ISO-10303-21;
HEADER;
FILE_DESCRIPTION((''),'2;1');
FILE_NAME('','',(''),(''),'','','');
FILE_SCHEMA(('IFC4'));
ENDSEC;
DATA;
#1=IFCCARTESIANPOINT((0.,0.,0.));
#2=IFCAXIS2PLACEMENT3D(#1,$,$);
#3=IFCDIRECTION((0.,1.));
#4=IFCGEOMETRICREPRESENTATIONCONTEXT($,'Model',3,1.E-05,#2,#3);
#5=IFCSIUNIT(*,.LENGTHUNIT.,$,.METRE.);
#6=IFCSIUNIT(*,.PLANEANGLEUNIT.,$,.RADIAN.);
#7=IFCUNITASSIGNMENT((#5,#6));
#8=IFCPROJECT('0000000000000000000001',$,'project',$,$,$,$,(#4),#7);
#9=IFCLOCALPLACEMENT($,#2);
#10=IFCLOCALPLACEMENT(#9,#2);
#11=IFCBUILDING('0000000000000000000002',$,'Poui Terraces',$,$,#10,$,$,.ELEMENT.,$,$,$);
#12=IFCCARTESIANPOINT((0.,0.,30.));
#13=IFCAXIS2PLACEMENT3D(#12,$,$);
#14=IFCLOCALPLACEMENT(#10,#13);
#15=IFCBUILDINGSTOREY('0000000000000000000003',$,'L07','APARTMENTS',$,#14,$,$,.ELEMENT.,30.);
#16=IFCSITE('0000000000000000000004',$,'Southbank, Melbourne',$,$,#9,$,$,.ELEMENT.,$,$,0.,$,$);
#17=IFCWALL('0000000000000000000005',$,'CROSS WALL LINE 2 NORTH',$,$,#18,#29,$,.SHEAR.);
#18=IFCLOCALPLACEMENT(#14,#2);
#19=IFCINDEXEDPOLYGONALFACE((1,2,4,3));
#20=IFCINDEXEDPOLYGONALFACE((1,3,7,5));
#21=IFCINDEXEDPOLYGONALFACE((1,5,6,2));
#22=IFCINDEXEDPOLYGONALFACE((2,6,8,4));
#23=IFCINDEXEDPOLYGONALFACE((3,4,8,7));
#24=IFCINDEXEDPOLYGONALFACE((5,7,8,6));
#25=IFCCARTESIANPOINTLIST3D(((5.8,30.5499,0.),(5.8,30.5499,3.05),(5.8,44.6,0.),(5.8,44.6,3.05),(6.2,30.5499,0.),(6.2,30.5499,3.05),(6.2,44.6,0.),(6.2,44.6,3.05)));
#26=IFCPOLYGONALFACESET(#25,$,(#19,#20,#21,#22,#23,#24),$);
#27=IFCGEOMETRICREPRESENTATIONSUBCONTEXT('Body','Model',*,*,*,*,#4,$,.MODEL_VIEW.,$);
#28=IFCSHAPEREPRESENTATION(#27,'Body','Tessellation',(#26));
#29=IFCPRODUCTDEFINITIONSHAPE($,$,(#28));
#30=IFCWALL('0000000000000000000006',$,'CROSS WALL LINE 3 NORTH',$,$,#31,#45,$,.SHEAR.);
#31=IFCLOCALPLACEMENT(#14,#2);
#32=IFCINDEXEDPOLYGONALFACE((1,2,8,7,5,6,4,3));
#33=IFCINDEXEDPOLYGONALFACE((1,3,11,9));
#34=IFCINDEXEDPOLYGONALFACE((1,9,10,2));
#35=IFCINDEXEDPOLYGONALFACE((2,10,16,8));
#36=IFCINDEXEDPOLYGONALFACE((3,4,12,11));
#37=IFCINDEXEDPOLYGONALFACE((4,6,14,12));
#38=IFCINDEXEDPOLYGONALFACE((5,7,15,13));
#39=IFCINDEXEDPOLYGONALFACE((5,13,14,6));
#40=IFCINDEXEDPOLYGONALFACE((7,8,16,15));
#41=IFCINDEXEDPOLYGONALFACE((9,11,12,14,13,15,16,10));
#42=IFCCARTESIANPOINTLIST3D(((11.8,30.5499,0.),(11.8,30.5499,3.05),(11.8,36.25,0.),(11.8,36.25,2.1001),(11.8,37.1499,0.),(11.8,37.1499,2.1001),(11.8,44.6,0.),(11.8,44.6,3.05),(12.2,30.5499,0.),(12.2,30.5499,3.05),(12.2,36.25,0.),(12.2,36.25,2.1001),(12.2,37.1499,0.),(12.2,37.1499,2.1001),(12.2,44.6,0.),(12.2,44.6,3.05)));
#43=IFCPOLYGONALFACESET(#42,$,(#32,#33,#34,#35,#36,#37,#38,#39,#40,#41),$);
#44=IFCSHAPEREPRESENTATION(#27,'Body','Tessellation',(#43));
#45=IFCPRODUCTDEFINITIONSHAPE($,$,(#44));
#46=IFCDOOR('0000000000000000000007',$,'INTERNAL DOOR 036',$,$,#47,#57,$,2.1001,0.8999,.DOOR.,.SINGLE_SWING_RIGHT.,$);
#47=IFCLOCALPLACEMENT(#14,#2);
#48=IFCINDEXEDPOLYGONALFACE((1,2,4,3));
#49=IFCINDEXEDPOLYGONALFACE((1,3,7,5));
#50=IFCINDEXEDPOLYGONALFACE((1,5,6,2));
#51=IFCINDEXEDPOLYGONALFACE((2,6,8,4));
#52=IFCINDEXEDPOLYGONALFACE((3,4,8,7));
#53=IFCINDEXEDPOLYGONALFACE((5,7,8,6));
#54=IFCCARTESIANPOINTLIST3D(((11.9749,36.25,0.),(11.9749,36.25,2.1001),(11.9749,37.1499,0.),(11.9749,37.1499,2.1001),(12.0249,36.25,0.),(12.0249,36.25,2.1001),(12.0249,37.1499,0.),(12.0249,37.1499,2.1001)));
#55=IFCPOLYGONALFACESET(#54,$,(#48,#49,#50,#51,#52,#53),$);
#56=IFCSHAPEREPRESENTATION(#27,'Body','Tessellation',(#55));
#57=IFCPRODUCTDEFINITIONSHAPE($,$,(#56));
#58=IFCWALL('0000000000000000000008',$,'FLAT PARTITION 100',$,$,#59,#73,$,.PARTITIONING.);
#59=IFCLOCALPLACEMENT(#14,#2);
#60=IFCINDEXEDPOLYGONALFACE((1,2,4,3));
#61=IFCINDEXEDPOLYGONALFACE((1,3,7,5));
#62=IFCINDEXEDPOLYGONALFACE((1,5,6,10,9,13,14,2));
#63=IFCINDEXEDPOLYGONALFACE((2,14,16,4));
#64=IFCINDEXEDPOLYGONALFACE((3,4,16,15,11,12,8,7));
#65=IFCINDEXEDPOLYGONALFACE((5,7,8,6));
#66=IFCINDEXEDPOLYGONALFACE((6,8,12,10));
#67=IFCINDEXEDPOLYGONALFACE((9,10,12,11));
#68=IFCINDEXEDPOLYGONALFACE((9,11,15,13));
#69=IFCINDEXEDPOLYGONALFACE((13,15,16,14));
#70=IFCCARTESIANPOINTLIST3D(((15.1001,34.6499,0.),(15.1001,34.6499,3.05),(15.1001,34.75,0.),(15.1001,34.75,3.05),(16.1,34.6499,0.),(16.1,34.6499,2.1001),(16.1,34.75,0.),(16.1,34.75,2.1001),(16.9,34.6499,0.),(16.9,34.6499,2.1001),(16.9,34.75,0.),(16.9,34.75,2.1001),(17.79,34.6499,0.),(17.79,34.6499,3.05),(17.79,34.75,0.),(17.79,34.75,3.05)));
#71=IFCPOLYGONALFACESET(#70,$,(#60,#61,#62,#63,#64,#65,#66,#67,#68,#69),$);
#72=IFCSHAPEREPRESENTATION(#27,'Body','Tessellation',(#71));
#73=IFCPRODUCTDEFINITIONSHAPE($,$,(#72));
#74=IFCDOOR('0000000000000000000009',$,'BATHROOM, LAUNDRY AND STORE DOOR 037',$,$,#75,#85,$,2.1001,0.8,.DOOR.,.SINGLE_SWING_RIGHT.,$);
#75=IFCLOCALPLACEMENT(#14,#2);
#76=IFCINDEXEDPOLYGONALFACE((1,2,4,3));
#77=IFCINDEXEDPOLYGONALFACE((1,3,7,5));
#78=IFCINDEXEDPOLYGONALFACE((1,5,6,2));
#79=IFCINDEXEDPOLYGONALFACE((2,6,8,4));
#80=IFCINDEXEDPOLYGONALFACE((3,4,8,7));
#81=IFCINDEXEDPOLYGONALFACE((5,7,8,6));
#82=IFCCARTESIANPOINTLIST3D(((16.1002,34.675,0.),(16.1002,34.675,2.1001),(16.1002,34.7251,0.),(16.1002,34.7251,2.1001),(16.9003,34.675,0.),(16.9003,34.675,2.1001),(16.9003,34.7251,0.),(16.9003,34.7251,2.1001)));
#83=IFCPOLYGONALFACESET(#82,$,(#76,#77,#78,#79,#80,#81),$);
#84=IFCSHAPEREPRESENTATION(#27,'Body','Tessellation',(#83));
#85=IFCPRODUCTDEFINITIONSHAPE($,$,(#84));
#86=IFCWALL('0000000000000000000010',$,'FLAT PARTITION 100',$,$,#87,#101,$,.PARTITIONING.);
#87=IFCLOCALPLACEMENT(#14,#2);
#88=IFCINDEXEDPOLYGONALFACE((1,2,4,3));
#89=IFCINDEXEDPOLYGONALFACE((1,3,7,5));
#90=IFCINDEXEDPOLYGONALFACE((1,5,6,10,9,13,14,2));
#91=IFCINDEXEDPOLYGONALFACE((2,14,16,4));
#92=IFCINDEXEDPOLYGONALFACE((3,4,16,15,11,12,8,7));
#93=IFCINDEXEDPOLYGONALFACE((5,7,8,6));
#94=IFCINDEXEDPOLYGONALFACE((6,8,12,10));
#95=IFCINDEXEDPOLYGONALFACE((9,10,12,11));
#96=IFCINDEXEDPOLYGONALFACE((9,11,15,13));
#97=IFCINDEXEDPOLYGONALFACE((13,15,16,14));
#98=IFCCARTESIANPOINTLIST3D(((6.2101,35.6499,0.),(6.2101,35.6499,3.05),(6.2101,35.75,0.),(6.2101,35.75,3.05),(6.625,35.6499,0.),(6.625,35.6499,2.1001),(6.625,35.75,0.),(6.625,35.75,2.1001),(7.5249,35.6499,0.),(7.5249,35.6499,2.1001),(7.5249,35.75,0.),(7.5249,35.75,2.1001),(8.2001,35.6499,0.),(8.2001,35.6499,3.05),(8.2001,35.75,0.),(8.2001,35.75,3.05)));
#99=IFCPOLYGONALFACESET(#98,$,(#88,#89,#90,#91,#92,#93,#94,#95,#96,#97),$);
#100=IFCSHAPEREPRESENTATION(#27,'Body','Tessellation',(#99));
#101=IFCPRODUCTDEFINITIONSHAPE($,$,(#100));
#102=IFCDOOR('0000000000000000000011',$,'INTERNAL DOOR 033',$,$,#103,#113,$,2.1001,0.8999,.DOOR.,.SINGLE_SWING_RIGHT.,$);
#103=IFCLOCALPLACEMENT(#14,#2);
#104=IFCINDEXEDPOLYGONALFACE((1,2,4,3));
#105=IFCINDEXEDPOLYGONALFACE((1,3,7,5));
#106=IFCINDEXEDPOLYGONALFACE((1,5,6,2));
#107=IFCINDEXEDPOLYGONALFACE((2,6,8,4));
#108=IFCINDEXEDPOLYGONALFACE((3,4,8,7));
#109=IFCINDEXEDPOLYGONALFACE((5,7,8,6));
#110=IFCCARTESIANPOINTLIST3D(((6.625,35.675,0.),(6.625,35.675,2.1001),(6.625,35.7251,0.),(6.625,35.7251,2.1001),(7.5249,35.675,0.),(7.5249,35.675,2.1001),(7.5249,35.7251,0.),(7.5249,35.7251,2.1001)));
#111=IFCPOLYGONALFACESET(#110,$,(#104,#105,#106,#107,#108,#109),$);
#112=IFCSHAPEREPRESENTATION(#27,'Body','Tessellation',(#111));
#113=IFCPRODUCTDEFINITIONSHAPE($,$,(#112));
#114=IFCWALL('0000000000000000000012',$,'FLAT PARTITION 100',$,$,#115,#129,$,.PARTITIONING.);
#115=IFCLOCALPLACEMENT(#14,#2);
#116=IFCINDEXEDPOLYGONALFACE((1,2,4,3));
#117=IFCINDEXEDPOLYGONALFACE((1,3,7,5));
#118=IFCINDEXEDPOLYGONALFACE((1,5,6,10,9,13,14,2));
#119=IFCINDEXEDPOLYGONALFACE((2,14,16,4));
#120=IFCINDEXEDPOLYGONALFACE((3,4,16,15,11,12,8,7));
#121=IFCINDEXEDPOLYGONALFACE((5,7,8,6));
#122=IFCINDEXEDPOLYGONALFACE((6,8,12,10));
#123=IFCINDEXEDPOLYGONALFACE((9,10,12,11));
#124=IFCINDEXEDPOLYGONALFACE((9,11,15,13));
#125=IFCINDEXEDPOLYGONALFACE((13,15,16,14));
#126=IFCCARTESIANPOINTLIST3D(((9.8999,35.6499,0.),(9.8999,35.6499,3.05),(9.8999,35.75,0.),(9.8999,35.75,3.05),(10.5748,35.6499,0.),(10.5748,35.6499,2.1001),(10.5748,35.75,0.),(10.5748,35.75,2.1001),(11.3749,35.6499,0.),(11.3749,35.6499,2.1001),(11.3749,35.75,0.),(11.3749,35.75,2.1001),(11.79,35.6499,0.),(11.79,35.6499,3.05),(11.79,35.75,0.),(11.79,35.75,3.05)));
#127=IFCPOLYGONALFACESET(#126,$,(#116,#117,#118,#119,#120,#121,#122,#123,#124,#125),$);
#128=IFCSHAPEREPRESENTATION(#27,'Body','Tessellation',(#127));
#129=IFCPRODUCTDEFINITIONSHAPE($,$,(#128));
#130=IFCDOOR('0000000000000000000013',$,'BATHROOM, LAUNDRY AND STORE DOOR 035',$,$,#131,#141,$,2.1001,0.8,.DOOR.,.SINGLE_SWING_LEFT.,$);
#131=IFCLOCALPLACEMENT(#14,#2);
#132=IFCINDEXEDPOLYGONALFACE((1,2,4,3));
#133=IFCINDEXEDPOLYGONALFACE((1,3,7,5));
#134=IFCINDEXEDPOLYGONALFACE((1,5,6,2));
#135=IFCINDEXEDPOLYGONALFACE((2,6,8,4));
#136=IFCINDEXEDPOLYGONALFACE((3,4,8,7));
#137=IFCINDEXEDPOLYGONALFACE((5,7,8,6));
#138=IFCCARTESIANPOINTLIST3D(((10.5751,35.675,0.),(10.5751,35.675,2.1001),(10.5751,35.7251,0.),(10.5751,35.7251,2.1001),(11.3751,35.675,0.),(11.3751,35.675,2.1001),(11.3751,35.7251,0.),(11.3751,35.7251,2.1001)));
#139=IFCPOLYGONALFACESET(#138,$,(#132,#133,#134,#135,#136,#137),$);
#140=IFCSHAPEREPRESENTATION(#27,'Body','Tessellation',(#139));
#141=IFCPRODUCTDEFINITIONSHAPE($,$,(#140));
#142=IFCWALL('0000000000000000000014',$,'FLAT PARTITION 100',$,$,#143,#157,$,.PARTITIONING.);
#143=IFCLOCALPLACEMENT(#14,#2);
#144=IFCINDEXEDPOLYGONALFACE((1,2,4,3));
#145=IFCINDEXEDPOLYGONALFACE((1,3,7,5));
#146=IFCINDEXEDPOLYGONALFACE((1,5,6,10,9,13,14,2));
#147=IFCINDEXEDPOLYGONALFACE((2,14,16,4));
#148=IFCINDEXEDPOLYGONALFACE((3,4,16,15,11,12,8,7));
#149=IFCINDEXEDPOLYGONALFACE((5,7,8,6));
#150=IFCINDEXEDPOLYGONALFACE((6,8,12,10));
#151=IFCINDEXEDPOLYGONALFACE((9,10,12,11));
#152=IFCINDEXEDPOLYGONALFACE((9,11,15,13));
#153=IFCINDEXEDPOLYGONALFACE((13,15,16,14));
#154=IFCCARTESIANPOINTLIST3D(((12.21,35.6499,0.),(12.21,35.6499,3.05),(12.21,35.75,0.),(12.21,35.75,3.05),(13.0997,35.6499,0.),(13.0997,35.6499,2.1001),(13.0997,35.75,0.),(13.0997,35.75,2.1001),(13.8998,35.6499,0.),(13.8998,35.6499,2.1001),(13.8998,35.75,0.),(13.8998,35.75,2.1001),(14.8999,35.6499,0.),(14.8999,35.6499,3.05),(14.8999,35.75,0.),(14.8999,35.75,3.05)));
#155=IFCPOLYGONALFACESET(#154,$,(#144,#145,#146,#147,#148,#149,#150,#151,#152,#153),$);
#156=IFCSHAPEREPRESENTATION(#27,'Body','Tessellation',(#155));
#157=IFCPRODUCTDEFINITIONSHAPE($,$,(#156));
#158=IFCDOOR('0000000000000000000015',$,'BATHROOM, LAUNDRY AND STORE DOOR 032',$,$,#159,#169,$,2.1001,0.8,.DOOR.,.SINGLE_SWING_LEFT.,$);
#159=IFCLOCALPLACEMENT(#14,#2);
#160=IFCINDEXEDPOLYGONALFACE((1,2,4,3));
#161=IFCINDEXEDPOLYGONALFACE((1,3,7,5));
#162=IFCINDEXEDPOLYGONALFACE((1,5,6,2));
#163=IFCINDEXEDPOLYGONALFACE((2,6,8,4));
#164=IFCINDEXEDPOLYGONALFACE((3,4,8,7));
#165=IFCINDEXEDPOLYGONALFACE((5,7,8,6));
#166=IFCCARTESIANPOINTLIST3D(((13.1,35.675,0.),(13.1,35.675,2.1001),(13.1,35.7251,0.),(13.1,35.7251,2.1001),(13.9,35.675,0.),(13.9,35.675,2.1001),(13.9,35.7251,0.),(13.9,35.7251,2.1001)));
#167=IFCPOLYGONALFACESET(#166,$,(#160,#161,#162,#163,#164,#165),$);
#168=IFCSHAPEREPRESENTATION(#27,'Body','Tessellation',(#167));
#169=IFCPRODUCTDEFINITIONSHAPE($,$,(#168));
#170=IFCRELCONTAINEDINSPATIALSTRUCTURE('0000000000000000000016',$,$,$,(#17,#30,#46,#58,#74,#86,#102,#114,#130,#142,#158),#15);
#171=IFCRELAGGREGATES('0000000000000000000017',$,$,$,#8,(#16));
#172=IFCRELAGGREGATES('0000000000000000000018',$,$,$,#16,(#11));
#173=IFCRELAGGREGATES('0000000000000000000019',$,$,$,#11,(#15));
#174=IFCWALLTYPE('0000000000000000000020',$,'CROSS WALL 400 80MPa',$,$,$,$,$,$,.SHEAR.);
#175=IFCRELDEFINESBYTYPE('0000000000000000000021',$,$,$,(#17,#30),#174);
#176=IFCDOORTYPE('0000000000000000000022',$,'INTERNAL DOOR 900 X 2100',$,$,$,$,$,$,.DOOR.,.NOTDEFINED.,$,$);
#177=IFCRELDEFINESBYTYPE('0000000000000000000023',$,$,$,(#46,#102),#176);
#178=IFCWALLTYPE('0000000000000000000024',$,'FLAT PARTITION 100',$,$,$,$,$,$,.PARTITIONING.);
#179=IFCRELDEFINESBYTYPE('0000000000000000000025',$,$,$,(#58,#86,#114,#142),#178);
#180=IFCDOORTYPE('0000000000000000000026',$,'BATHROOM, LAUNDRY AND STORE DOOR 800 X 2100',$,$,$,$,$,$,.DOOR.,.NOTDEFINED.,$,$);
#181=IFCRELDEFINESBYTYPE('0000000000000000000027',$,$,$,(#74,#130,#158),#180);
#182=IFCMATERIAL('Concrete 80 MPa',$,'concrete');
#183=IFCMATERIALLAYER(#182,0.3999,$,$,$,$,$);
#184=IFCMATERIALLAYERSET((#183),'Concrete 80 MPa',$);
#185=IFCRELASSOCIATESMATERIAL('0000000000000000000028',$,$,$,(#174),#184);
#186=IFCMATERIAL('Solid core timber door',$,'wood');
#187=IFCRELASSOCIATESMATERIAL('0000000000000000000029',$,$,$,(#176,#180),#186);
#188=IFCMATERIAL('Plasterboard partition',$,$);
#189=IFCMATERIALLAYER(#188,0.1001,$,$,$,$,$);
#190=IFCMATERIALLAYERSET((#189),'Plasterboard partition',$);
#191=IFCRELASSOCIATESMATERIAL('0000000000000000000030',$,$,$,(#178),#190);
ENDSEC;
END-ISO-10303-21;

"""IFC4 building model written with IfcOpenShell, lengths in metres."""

from ifc_helpers import new_model, si_unit, direction, frame, frame_2d, origin, place, context, subcontext, project, spatial, rectangle, extrude, material, layer, layer_set, type_object, element, fill, save


model = new_model("IFC4")

# Units and contexts
model_context = context("Model", 3, precision=1e-05, world=origin(), true_north=direction((0.0, 1.0)))
body_context = subcontext(model_context, "Body", "Model", "MODEL_VIEW")
ifc_project = project(units=[si_unit("LENGTHUNIT", "METRE"), si_unit("PLANEANGLEUNIT", "RADIAN")], contexts=[model_context])

# Site, building, storey
site_placement = place(None, origin())
site = spatial("IfcSite", under=ifc_project, at=site_placement, Name="Southbank, Melbourne", CompositionType="ELEMENT", RefElevation=0.0)
building_placement = place(site_placement, origin())
building = spatial("IfcBuilding", under=site, at=building_placement, Name="Poui Terraces", CompositionType="ELEMENT")
storey_placement = place(building_placement, frame((0.0, 0.0, 30.0)))
storey = spatial("IfcBuildingStorey", under=building, at=storey_placement, Name="L07", Description="APARTMENTS", CompositionType="ELEMENT", Elevation=30.0)

# Wall
ifc_material_1 = material(Name="Concrete 80 MPa", Category="concrete")
ifc_layer_1 = layer(ifc_material_1, 0.3999)
ifc_layer_set_1 = layer_set([ifc_layer_1], Name="Concrete 80 MPa")
wall_type_1 = type_object("IfcWallType", Name="CROSS WALL 400 80MPa", PredefinedType="SHEAR", material=ifc_layer_set_1)
wall_1_placement = place(storey_placement, frame((6.0, 30.55, 0.0), z_axis=(0.0, 0.0, 1.0), x_axis=(0.0, 1.0, 0.0)))
element("IfcWall", 1, at=wall_1_placement, inside=storey, type_object=wall_type_1, Name="CROSS WALL LINE 2 NORTH", PredefinedType="SHEAR", context=body_context, shape_type="SweptSolid", body=[
    extrude(rectangle(XDim=14.05, YDim=0.3999, at=frame_2d((7.0249, 0.0))), origin(), (0.0, 0.0, 1.0), 3.05),
])

# Walls, openings, doors
wall_2_placement = place(storey_placement, frame((12.0, 30.55, 0.0), z_axis=(0.0, 0.0, 1.0), x_axis=(0.0, 1.0, 0.0)))
wall_2 = element("IfcWall", 2, at=wall_2_placement, inside=storey, type_object=wall_type_1, Name="CROSS WALL LINE 3 NORTH", PredefinedType="SHEAR", context=body_context, shape_type="SweptSolid", body=[
    extrude(rectangle(XDim=14.05, YDim=0.3999, at=frame_2d((7.0249, 0.0))), origin(), (0.0, 0.0, 1.0), 3.05),
])
opening_1_placement = place(wall_2_placement, frame((5.7, 0.0, 0.0)))
opening_1 = element("IfcOpeningElement", 3, at=opening_1_placement, cuts=wall_2, PredefinedType="OPENING", context=body_context, shape_type="SweptSolid", body=[
    extrude(rectangle(XDim=0.8999, YDim=2.1001, at=frame_2d((0.45, 1.05))), frame((0.0, 0.21, 0.0), z_axis=(0.0, -1.0, 0.0), x_axis=(1.0, 0.0, 0.0)), (0.0, 0.0, 1.0), 0.4199),
])
ifc_material_2 = material(Name="Solid core timber door", Category="wood")
door_type_1 = type_object("IfcDoorType", Name="INTERNAL DOOR 900 X 2100", OperationType="NOTDEFINED", PredefinedType="DOOR", material=ifc_material_2)
door_1_placement = place(opening_1_placement, frame((0.8999, 0.0, 0.0), z_axis=(0.0, 0.0, 1.0), x_axis=(-1.0, 0.0, 0.0)))
door_1 = element("IfcDoor", 4, at=door_1_placement, inside=storey, type_object=door_type_1, Name="INTERNAL DOOR 036", OperationType="SINGLE_SWING_RIGHT", OverallHeight=2.1001, OverallWidth=0.8999, PredefinedType="DOOR", context=body_context, shape_type="SweptSolid", body=[
    extrude(rectangle(XDim=0.8999, YDim=2.1001, at=frame_2d((0.45, 1.05))), frame((0.0, 0.0249, 0.0), z_axis=(0.0, -1.0, 0.0), x_axis=(1.0, 0.0, 0.0)), (0.0, 0.0, 1.0), 0.05),
])
fill(opening_1, door_1)
ifc_material_3 = material(Name="Plasterboard partition")
ifc_layer_2 = layer(ifc_material_3, 0.1001)
ifc_layer_set_2 = layer_set([ifc_layer_2], Name="Plasterboard partition")
wall_type_2 = type_object("IfcWallType", Name="FLAT PARTITION 100", PredefinedType="PARTITIONING", material=ifc_layer_set_2)
wall_3_placement = place(storey_placement, frame((15.1001, 34.7, 0.0), z_axis=(0.0, 0.0, 1.0), x_axis=(1.0, 0.0, 0.0)))
wall_3 = element("IfcWall", 5, at=wall_3_placement, inside=storey, type_object=wall_type_2, Name="FLAT PARTITION 100", PredefinedType="PARTITIONING", context=body_context, shape_type="SweptSolid", body=[
    extrude(rectangle(XDim=2.6899, YDim=0.1001, at=frame_2d((1.345, 0.0))), origin(), (0.0, 0.0, 1.0), 3.05),
])
opening_2_placement = place(wall_3_placement, frame((1.0, 0.0, 0.0)))
opening_2 = element("IfcOpeningElement", 6, at=opening_2_placement, cuts=wall_3, PredefinedType="OPENING", context=body_context, shape_type="SweptSolid", body=[
    extrude(rectangle(XDim=0.8, YDim=2.1001, at=frame_2d((0.3999, 1.05))), frame((0.0, 0.0601, 0.0), z_axis=(0.0, -1.0, 0.0), x_axis=(1.0, 0.0, 0.0)), (0.0, 0.0, 1.0), 0.1201),
])
door_type_2 = type_object("IfcDoorType", Name="BATHROOM, LAUNDRY AND STORE DOOR 800 X 2100", OperationType="NOTDEFINED", PredefinedType="DOOR", material=ifc_material_2)
door_2_placement = place(opening_2_placement, frame((0.8, 0.0, 0.0), z_axis=(0.0, 0.0, 1.0), x_axis=(-1.0, 0.0, 0.0)))
door_2 = element("IfcDoor", 7, at=door_2_placement, inside=storey, type_object=door_type_2, Name="BATHROOM, LAUNDRY AND STORE DOOR 037", OperationType="SINGLE_SWING_RIGHT", OverallHeight=2.1001, OverallWidth=0.8, PredefinedType="DOOR", context=body_context, shape_type="SweptSolid", body=[
    extrude(rectangle(XDim=0.8, YDim=2.1001, at=frame_2d((0.3999, 1.05))), frame((0.0, 0.0249, 0.0), z_axis=(0.0, -1.0, 0.0), x_axis=(1.0, 0.0, 0.0)), (0.0, 0.0, 1.0), 0.05),
])
fill(opening_2, door_2)
wall_4_placement = place(storey_placement, frame((6.21, 35.7, 0.0), z_axis=(0.0, 0.0, 1.0), x_axis=(1.0, 0.0, 0.0)))
wall_4 = element("IfcWall", 8, at=wall_4_placement, inside=storey, type_object=wall_type_2, Name="FLAT PARTITION 100", PredefinedType="PARTITIONING", context=body_context, shape_type="SweptSolid", body=[
    extrude(rectangle(XDim=1.99, YDim=0.1001, at=frame_2d((0.9951, 0.0))), origin(), (0.0, 0.0, 1.0), 3.05),
])
opening_3_placement = place(wall_4_placement, frame((0.415, 0.0, 0.0)))
opening_3 = element("IfcOpeningElement", 9, at=opening_3_placement, cuts=wall_4, PredefinedType="OPENING", context=body_context, shape_type="SweptSolid", body=[
    extrude(rectangle(XDim=0.8999, YDim=2.1001, at=frame_2d((0.45, 1.05))), frame((0.0, 0.0601, 0.0), z_axis=(0.0, -1.0, 0.0), x_axis=(1.0, 0.0, 0.0)), (0.0, 0.0, 1.0), 0.1201),
])
door_3_placement = place(opening_3_placement, frame((0.8999, 0.0, 0.0), z_axis=(0.0, 0.0, 1.0), x_axis=(-1.0, 0.0, 0.0)))
door_3 = element("IfcDoor", 10, at=door_3_placement, inside=storey, type_object=door_type_1, Name="INTERNAL DOOR 033", OperationType="SINGLE_SWING_RIGHT", OverallHeight=2.1001, OverallWidth=0.8999, PredefinedType="DOOR", context=body_context, shape_type="SweptSolid", body=[
    extrude(rectangle(XDim=0.8999, YDim=2.1001, at=frame_2d((0.45, 1.05))), frame((0.0, 0.0249, 0.0), z_axis=(0.0, -1.0, 0.0), x_axis=(1.0, 0.0, 0.0)), (0.0, 0.0, 1.0), 0.05),
])
fill(opening_3, door_3)
wall_5_placement = place(storey_placement, frame((9.8999, 35.7, 0.0), z_axis=(0.0, 0.0, 1.0), x_axis=(1.0, 0.0, 0.0)))
wall_5 = element("IfcWall", 11, at=wall_5_placement, inside=storey, type_object=wall_type_2, Name="FLAT PARTITION 100", PredefinedType="PARTITIONING", context=body_context, shape_type="SweptSolid", body=[
    extrude(rectangle(XDim=1.8901, YDim=0.1001, at=frame_2d((0.9451, 0.0))), origin(), (0.0, 0.0, 1.0), 3.05),
])
opening_4_placement = place(wall_5_placement, frame((0.675, 0.0, 0.0)))
opening_4 = element("IfcOpeningElement", 12, at=opening_4_placement, cuts=wall_5, PredefinedType="OPENING", context=body_context, shape_type="SweptSolid", body=[
    extrude(rectangle(XDim=0.8, YDim=2.1001, at=frame_2d((0.3999, 1.05))), frame((0.0, 0.0601, 0.0), z_axis=(0.0, -1.0, 0.0), x_axis=(1.0, 0.0, 0.0)), (0.0, 0.0, 1.0), 0.1201),
])
door_4_placement = place(opening_4_placement, frame((0.8, 0.0, 0.0), z_axis=(0.0, 0.0, 1.0), x_axis=(-1.0, 0.0, 0.0)))
door_4 = element("IfcDoor", 13, at=door_4_placement, inside=storey, type_object=door_type_2, Name="BATHROOM, LAUNDRY AND STORE DOOR 035", OperationType="SINGLE_SWING_LEFT", OverallHeight=2.1001, OverallWidth=0.8, PredefinedType="DOOR", context=body_context, shape_type="SweptSolid", body=[
    extrude(rectangle(XDim=0.8, YDim=2.1001, at=frame_2d((0.3999, 1.05))), frame((0.0, 0.0249, 0.0), z_axis=(0.0, -1.0, 0.0), x_axis=(1.0, 0.0, 0.0)), (0.0, 0.0, 1.0), 0.05),
])
fill(opening_4, door_4)
wall_6_placement = place(storey_placement, frame((12.21, 35.7, 0.0), z_axis=(0.0, 0.0, 1.0), x_axis=(1.0, 0.0, 0.0)))
wall_6 = element("IfcWall", 14, at=wall_6_placement, inside=storey, type_object=wall_type_2, Name="FLAT PARTITION 100", PredefinedType="PARTITIONING", context=body_context, shape_type="SweptSolid", body=[
    extrude(rectangle(XDim=2.6899, YDim=0.1001, at=frame_2d((1.345, 0.0))), origin(), (0.0, 0.0, 1.0), 3.05),
])
opening_5_placement = place(wall_6_placement, frame((0.8899, 0.0, 0.0)))
opening_5 = element("IfcOpeningElement", 15, at=opening_5_placement, cuts=wall_6, PredefinedType="OPENING", context=body_context, shape_type="SweptSolid", body=[
    extrude(rectangle(XDim=0.8, YDim=2.1001, at=frame_2d((0.3999, 1.05))), frame((0.0, 0.0601, 0.0), z_axis=(0.0, -1.0, 0.0), x_axis=(1.0, 0.0, 0.0)), (0.0, 0.0, 1.0), 0.1201),
])
door_5_placement = place(opening_5_placement, frame((0.8, 0.0, 0.0), z_axis=(0.0, 0.0, 1.0), x_axis=(-1.0, 0.0, 0.0)))
door_5 = element("IfcDoor", 16, at=door_5_placement, inside=storey, type_object=door_type_2, Name="BATHROOM, LAUNDRY AND STORE DOOR 032", OperationType="SINGLE_SWING_LEFT", OverallHeight=2.1001, OverallWidth=0.8, PredefinedType="DOOR", context=body_context, shape_type="SweptSolid", body=[
    extrude(rectangle(XDim=0.8, YDim=2.1001, at=frame_2d((0.3999, 1.05))), frame((0.0, 0.0249, 0.0), z_axis=(0.0, -1.0, 0.0), x_axis=(1.0, 0.0, 0.0)), (0.0, 0.0, 1.0), 0.05),
])
fill(opening_5, door_5)

save(model, "model.ifc")
